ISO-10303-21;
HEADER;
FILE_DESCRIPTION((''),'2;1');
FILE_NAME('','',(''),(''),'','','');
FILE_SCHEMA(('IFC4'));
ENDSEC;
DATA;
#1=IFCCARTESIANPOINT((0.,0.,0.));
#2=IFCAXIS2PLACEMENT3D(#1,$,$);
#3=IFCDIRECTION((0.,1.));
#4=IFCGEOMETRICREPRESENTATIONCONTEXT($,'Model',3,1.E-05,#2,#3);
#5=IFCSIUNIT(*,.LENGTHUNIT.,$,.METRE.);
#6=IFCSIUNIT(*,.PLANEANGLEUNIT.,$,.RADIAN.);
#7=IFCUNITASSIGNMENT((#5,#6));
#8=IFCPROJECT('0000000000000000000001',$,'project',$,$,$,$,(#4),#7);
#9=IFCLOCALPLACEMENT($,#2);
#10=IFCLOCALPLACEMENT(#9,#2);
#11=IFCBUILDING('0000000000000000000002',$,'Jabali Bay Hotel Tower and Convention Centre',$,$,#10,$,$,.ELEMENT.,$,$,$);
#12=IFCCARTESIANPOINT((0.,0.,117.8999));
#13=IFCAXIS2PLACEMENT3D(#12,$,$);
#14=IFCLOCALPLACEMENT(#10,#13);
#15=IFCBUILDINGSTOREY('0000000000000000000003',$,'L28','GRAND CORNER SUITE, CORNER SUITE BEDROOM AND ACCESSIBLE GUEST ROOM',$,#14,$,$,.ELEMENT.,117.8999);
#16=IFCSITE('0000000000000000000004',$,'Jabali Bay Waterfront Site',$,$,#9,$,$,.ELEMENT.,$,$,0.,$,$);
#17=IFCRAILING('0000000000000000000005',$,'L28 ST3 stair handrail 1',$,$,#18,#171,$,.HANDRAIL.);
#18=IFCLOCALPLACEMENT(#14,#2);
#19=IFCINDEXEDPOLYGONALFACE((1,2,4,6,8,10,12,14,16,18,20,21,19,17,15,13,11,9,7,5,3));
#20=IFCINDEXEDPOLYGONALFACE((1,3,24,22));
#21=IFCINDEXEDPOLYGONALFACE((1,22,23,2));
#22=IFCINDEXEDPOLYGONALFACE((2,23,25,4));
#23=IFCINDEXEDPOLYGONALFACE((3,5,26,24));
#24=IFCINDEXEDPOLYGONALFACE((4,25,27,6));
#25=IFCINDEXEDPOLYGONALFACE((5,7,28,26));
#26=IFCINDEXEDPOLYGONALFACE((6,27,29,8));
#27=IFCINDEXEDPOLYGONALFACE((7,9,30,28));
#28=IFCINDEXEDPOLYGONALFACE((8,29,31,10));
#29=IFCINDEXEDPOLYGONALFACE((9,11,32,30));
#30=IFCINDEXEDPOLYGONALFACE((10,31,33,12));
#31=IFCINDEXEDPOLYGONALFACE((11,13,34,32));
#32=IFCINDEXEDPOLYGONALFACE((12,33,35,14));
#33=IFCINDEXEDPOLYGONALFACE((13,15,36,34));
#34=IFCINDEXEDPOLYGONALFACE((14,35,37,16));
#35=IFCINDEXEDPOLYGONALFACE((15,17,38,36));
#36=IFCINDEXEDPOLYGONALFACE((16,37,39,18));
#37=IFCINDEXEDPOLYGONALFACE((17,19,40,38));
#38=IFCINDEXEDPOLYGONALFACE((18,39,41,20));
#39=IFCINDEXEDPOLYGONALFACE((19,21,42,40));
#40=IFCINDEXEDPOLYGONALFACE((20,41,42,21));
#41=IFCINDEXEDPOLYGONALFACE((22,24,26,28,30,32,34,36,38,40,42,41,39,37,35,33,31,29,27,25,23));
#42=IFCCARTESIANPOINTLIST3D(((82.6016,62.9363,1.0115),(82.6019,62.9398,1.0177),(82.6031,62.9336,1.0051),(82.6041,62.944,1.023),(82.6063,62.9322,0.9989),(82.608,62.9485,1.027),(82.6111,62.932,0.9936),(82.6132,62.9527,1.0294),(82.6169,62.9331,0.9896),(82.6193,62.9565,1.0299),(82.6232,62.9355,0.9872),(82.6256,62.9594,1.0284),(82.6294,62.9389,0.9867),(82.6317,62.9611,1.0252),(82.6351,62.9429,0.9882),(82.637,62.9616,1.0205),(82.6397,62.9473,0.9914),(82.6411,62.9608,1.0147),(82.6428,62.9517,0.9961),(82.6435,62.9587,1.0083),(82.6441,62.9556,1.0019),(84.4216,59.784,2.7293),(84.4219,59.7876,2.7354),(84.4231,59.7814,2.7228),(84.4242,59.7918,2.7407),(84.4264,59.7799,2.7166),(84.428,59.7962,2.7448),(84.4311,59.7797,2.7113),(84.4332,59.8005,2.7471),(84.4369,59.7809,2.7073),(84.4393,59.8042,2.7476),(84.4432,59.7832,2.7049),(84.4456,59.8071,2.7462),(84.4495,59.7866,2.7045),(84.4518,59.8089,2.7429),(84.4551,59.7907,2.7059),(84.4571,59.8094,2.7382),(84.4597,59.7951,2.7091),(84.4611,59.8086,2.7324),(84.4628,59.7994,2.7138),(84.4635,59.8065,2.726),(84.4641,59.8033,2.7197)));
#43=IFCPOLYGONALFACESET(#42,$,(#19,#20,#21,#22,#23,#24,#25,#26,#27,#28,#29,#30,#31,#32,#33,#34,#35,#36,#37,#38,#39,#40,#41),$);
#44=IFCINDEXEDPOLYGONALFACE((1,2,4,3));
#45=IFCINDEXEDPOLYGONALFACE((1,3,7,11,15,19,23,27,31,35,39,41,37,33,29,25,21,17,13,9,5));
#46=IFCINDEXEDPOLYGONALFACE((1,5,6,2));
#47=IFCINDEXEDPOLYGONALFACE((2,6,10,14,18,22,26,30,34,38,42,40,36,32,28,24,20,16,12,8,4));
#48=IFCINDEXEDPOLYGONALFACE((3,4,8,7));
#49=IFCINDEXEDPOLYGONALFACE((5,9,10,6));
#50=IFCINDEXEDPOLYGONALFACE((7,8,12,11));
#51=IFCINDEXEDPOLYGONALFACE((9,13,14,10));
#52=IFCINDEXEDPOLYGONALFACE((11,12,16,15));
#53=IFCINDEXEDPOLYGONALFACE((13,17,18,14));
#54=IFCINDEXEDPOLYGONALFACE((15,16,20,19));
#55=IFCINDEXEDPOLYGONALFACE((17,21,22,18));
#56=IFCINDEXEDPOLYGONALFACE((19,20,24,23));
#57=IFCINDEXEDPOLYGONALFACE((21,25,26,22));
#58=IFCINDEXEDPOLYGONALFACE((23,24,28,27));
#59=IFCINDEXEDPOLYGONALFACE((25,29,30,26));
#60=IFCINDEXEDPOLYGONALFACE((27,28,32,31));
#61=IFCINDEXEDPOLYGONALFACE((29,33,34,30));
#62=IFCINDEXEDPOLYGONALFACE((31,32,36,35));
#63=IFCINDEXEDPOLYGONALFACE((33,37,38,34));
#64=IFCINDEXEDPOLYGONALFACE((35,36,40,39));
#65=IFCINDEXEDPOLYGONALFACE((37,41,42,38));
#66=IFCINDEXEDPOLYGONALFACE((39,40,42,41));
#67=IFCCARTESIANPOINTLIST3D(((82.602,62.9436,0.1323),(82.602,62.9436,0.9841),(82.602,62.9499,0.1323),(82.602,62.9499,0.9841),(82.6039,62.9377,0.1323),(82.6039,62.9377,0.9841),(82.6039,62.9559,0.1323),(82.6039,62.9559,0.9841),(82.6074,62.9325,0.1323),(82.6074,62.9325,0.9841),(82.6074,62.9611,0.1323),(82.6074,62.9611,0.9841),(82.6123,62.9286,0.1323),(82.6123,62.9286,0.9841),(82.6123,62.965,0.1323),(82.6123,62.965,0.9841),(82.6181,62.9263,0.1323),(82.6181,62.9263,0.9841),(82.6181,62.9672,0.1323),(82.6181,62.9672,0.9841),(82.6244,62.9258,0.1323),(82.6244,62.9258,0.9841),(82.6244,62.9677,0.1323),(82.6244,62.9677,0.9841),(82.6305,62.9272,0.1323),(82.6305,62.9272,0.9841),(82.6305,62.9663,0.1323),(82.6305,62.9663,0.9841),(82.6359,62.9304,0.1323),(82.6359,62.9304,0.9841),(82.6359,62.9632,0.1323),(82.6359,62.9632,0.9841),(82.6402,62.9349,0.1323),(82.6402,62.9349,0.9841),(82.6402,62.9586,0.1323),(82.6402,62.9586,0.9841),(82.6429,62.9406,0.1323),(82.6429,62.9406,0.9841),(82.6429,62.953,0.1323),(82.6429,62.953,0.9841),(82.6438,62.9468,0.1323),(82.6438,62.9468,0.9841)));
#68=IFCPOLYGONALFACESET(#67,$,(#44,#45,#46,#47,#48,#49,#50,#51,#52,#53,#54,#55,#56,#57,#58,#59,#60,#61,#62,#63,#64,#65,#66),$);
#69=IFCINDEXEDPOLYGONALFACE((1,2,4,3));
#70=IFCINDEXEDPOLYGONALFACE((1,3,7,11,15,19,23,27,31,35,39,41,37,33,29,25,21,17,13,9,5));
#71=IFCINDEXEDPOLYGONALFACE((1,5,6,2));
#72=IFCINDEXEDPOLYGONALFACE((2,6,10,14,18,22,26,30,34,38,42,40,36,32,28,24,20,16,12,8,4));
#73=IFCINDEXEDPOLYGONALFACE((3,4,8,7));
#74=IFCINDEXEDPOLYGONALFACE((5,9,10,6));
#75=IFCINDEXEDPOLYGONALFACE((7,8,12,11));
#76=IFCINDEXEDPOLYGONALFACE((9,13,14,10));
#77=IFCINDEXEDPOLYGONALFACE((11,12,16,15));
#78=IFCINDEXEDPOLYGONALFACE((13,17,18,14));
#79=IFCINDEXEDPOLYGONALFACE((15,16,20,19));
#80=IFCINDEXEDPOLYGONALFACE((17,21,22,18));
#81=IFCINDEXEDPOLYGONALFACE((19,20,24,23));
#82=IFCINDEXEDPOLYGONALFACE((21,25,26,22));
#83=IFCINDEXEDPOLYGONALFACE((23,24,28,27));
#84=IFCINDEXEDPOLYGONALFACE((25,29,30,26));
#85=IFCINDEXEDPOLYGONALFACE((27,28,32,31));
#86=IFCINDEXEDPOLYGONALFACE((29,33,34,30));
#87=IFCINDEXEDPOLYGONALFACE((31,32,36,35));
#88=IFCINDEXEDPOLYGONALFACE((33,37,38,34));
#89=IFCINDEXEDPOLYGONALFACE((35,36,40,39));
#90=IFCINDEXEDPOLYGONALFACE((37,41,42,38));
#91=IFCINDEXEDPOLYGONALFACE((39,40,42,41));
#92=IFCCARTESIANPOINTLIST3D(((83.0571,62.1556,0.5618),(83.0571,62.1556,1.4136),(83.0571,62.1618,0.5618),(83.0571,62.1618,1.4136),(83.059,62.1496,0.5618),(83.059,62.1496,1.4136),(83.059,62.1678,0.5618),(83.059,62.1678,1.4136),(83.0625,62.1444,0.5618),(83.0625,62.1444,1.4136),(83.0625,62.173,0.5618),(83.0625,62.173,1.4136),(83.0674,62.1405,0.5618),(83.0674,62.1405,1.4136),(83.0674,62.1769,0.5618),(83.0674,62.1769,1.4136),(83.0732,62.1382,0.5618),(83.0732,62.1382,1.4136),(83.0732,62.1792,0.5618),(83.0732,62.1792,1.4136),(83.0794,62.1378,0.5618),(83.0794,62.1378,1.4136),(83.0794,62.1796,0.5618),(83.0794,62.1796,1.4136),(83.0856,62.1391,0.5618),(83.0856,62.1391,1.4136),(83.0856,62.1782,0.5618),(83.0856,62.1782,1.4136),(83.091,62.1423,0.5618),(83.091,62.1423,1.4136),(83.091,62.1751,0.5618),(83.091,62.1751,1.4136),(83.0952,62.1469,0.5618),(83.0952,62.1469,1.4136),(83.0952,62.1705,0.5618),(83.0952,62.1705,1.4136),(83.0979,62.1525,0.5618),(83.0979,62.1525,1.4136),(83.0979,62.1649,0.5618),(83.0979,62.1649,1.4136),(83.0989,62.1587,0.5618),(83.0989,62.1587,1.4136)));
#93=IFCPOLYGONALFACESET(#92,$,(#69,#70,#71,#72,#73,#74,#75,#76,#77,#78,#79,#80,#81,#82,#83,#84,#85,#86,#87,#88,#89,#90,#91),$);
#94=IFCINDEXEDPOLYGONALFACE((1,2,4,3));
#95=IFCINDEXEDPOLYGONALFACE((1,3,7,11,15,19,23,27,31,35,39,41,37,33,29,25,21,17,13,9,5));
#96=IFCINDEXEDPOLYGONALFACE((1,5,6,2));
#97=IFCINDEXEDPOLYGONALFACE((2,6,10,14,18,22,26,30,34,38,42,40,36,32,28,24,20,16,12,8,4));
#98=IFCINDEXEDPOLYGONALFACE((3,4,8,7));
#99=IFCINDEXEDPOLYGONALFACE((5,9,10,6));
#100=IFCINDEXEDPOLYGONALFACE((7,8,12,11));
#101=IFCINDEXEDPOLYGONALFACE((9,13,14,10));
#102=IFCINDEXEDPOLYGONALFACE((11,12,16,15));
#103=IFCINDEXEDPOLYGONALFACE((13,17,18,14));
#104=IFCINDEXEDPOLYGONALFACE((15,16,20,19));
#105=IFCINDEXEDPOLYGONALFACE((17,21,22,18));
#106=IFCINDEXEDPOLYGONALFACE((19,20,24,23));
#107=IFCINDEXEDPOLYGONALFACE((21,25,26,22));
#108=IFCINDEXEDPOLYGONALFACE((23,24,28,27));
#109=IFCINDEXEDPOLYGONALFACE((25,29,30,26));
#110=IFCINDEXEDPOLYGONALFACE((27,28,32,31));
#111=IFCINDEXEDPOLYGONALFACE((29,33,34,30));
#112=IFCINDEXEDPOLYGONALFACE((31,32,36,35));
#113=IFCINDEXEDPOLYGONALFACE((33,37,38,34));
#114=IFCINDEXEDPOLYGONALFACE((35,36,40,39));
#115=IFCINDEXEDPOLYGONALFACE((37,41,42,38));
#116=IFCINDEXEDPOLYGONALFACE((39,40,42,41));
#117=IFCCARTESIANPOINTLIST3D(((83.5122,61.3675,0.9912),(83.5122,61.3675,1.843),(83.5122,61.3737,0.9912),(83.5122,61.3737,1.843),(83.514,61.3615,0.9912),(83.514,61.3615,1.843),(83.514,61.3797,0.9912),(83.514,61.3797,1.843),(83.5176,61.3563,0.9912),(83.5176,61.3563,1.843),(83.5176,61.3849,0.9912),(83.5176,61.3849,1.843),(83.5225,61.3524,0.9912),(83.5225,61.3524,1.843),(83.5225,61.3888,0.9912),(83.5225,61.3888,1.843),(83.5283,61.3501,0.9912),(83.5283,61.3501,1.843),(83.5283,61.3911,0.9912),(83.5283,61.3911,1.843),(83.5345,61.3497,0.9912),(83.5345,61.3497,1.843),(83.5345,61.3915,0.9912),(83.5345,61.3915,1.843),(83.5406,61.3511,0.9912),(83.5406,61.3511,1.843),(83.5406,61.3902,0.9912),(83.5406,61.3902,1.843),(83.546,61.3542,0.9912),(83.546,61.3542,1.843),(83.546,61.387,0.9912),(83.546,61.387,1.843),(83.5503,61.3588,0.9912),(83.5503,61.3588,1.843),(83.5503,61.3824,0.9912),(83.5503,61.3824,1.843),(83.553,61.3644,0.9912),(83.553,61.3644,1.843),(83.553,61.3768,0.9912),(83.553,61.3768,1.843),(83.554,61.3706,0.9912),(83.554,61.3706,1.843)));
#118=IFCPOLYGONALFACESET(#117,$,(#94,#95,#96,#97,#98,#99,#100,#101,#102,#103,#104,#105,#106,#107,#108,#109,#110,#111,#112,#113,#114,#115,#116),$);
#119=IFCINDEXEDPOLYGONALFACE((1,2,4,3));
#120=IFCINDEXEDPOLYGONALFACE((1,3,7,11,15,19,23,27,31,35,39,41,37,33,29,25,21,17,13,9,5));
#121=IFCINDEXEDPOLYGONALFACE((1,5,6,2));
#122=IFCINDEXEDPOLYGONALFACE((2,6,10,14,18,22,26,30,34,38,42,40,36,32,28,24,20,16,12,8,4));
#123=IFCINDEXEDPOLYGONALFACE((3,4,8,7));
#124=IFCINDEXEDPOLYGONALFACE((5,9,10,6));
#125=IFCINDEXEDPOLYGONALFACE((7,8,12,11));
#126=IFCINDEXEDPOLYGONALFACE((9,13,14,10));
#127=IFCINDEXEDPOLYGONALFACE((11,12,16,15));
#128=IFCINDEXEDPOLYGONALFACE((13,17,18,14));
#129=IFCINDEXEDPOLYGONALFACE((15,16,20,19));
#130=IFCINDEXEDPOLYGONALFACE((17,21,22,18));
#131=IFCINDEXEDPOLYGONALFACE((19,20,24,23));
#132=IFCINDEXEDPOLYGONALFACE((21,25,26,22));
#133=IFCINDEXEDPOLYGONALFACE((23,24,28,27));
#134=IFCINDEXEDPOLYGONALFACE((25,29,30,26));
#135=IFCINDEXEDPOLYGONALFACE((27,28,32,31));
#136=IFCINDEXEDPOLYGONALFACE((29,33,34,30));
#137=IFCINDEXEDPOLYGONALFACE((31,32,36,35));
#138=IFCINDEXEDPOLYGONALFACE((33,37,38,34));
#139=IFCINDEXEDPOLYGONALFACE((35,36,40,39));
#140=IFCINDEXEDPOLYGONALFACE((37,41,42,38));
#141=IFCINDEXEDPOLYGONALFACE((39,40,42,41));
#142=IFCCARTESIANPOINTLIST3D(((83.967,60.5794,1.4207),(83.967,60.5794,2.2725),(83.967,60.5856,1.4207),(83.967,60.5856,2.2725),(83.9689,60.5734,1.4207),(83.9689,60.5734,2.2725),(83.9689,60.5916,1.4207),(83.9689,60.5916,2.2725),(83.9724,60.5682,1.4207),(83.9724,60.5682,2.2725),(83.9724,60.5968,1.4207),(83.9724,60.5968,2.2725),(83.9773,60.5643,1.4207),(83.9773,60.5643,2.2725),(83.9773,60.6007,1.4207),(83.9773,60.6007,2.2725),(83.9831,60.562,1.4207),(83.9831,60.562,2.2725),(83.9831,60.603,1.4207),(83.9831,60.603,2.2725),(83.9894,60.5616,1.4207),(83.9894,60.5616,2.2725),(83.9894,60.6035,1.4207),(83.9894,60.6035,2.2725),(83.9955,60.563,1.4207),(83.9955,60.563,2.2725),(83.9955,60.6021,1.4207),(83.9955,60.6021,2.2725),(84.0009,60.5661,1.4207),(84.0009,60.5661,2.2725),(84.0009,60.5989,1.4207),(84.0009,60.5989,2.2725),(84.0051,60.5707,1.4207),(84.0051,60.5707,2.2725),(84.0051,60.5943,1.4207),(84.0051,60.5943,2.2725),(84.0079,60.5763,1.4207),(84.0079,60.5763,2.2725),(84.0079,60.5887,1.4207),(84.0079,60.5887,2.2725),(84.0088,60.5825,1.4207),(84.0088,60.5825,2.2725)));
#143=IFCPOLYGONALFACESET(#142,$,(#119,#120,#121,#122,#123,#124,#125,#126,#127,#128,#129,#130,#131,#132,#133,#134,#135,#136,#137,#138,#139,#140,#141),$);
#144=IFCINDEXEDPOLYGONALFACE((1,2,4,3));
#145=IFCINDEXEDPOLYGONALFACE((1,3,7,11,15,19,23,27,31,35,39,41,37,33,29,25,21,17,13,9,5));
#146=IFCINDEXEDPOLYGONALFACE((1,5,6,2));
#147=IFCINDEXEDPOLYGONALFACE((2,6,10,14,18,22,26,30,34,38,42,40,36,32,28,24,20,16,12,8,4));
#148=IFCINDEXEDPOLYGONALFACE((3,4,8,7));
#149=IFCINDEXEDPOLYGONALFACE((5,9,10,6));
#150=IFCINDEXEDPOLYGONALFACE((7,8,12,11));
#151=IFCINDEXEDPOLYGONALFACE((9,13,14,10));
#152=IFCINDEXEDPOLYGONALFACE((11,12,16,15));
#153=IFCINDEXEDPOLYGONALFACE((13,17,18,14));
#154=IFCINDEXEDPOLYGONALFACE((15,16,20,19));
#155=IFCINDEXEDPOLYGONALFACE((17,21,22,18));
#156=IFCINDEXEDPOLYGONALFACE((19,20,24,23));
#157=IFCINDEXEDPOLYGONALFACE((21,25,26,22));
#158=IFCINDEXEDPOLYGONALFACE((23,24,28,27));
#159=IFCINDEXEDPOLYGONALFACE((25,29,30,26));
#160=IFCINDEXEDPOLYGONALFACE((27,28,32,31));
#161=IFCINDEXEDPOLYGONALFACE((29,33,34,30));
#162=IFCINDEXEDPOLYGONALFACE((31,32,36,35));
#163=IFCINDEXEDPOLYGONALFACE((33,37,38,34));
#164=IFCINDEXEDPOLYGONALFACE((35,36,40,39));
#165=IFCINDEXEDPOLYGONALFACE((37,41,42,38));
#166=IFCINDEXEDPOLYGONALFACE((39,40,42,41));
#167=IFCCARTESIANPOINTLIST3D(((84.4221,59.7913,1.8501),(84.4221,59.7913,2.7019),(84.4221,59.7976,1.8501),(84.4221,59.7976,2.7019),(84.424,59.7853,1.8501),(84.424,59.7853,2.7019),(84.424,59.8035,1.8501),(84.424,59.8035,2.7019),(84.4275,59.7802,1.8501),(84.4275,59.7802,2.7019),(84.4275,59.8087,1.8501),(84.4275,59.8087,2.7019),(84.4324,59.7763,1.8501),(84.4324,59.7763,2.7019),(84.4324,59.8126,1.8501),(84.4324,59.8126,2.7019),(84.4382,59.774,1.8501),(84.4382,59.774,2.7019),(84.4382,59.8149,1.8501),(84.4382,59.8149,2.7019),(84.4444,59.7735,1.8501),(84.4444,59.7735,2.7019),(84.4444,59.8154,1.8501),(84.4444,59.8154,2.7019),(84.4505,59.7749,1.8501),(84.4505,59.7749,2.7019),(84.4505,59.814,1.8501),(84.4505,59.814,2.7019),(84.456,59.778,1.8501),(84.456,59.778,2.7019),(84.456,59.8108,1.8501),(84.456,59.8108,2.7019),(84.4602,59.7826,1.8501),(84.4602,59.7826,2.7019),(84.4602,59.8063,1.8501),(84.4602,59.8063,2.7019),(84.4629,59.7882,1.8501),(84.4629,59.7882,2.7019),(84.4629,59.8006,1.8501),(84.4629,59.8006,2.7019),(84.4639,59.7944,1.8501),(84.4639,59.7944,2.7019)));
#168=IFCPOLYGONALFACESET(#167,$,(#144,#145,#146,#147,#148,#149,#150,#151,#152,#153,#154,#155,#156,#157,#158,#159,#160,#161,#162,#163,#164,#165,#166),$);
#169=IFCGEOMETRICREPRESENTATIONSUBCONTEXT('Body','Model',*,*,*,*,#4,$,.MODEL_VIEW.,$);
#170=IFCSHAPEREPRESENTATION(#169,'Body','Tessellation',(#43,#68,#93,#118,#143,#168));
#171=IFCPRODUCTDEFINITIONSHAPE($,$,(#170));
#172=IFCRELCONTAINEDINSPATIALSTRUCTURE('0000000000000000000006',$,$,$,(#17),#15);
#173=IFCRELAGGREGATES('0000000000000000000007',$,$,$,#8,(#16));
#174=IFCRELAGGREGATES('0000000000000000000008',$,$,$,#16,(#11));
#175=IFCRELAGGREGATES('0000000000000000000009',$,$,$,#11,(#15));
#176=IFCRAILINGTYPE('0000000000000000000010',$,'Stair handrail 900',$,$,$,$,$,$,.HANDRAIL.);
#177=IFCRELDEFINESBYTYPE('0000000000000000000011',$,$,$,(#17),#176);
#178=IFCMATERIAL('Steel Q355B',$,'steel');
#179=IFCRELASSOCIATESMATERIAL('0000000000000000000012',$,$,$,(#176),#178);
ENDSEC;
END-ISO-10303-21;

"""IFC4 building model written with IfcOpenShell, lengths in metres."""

from ifc_helpers import new_model, si_unit, direction, frame, origin, origin_2d, place, context, subcontext, project, spatial, circle, extrude, material, type_object, element, save


model = new_model("IFC4")

# Units and contexts
model_context = context("Model", 3, precision=1e-05, world=origin(), true_north=direction((0.0, 1.0)))
body_context = subcontext(model_context, "Body", "Model", "MODEL_VIEW")
ifc_project = project(units=[si_unit("LENGTHUNIT", "METRE"), si_unit("PLANEANGLEUNIT", "RADIAN")], contexts=[model_context])

# Site, building, storey
site_placement = place(None, origin())
site = spatial("IfcSite", under=ifc_project, at=site_placement, Name="Jabali Bay Waterfront Site", CompositionType="ELEMENT", RefElevation=0.0)
building_placement = place(site_placement, origin())
building = spatial("IfcBuilding", under=site, at=building_placement, Name="Jabali Bay Hotel Tower and Convention Centre", CompositionType="ELEMENT")
storey_placement = place(building_placement, frame((0.0, 0.0, 117.8999)))
storey = spatial("IfcBuildingStorey", under=building, at=storey_placement, Name="L28", Description="GRAND CORNER SUITE, CORNER SUITE BEDROOM AND ACCESSIBLE GUEST ROOM", CompositionType="ELEMENT", Elevation=117.8999)

# Railing
ifc_material_1 = material(Name="Steel Q355B", Category="steel")
railing_type_1 = type_object("IfcRailingType", Name="Stair handrail 900", PredefinedType="HANDRAIL", material=ifc_material_1)
railing_1_placement = place(storey_placement, frame((82.6228, 62.9468, 0.1323)))
element("IfcRailing", 1, at=railing_1_placement, inside=storey, type_object=railing_type_1, Name="L28 ST3 stair handrail 1", PredefinedType="HANDRAIL", context=body_context, shape_type="SweptSolid", body=[
    extrude(circle(Radius=0.0239, at=origin_2d()), frame((0.0, 0.0, 0.876), z_axis=(0.45219, -0.78319, 0.426775), x_axis=(0.866018, 0.500013, 0.0)), (0.0, 0.0, 1.0), 4.0249),
    extrude(circle(Radius=0.021, at=origin_2d()), origin(), (0.0, 0.0, 1.0), 0.8518),
    extrude(circle(Radius=0.021, at=origin_2d()), frame((0.4551, -0.7881, 0.4294)), (0.0, 0.0, 1.0), 0.8518),
    extrude(circle(Radius=0.021, at=origin_2d()), frame((0.9102, -1.5762, 0.8589)), (0.0, 0.0, 1.0), 0.8518),
    extrude(circle(Radius=0.021, at=origin_2d()), frame((1.365, -2.3643, 1.2883)), (0.0, 0.0, 1.0), 0.8518),
    extrude(circle(Radius=0.021, at=origin_2d()), frame((1.8201, -3.1523, 1.7178)), (0.0, 0.0, 1.0), 0.8518),
])

save(model, "model.ifc")
